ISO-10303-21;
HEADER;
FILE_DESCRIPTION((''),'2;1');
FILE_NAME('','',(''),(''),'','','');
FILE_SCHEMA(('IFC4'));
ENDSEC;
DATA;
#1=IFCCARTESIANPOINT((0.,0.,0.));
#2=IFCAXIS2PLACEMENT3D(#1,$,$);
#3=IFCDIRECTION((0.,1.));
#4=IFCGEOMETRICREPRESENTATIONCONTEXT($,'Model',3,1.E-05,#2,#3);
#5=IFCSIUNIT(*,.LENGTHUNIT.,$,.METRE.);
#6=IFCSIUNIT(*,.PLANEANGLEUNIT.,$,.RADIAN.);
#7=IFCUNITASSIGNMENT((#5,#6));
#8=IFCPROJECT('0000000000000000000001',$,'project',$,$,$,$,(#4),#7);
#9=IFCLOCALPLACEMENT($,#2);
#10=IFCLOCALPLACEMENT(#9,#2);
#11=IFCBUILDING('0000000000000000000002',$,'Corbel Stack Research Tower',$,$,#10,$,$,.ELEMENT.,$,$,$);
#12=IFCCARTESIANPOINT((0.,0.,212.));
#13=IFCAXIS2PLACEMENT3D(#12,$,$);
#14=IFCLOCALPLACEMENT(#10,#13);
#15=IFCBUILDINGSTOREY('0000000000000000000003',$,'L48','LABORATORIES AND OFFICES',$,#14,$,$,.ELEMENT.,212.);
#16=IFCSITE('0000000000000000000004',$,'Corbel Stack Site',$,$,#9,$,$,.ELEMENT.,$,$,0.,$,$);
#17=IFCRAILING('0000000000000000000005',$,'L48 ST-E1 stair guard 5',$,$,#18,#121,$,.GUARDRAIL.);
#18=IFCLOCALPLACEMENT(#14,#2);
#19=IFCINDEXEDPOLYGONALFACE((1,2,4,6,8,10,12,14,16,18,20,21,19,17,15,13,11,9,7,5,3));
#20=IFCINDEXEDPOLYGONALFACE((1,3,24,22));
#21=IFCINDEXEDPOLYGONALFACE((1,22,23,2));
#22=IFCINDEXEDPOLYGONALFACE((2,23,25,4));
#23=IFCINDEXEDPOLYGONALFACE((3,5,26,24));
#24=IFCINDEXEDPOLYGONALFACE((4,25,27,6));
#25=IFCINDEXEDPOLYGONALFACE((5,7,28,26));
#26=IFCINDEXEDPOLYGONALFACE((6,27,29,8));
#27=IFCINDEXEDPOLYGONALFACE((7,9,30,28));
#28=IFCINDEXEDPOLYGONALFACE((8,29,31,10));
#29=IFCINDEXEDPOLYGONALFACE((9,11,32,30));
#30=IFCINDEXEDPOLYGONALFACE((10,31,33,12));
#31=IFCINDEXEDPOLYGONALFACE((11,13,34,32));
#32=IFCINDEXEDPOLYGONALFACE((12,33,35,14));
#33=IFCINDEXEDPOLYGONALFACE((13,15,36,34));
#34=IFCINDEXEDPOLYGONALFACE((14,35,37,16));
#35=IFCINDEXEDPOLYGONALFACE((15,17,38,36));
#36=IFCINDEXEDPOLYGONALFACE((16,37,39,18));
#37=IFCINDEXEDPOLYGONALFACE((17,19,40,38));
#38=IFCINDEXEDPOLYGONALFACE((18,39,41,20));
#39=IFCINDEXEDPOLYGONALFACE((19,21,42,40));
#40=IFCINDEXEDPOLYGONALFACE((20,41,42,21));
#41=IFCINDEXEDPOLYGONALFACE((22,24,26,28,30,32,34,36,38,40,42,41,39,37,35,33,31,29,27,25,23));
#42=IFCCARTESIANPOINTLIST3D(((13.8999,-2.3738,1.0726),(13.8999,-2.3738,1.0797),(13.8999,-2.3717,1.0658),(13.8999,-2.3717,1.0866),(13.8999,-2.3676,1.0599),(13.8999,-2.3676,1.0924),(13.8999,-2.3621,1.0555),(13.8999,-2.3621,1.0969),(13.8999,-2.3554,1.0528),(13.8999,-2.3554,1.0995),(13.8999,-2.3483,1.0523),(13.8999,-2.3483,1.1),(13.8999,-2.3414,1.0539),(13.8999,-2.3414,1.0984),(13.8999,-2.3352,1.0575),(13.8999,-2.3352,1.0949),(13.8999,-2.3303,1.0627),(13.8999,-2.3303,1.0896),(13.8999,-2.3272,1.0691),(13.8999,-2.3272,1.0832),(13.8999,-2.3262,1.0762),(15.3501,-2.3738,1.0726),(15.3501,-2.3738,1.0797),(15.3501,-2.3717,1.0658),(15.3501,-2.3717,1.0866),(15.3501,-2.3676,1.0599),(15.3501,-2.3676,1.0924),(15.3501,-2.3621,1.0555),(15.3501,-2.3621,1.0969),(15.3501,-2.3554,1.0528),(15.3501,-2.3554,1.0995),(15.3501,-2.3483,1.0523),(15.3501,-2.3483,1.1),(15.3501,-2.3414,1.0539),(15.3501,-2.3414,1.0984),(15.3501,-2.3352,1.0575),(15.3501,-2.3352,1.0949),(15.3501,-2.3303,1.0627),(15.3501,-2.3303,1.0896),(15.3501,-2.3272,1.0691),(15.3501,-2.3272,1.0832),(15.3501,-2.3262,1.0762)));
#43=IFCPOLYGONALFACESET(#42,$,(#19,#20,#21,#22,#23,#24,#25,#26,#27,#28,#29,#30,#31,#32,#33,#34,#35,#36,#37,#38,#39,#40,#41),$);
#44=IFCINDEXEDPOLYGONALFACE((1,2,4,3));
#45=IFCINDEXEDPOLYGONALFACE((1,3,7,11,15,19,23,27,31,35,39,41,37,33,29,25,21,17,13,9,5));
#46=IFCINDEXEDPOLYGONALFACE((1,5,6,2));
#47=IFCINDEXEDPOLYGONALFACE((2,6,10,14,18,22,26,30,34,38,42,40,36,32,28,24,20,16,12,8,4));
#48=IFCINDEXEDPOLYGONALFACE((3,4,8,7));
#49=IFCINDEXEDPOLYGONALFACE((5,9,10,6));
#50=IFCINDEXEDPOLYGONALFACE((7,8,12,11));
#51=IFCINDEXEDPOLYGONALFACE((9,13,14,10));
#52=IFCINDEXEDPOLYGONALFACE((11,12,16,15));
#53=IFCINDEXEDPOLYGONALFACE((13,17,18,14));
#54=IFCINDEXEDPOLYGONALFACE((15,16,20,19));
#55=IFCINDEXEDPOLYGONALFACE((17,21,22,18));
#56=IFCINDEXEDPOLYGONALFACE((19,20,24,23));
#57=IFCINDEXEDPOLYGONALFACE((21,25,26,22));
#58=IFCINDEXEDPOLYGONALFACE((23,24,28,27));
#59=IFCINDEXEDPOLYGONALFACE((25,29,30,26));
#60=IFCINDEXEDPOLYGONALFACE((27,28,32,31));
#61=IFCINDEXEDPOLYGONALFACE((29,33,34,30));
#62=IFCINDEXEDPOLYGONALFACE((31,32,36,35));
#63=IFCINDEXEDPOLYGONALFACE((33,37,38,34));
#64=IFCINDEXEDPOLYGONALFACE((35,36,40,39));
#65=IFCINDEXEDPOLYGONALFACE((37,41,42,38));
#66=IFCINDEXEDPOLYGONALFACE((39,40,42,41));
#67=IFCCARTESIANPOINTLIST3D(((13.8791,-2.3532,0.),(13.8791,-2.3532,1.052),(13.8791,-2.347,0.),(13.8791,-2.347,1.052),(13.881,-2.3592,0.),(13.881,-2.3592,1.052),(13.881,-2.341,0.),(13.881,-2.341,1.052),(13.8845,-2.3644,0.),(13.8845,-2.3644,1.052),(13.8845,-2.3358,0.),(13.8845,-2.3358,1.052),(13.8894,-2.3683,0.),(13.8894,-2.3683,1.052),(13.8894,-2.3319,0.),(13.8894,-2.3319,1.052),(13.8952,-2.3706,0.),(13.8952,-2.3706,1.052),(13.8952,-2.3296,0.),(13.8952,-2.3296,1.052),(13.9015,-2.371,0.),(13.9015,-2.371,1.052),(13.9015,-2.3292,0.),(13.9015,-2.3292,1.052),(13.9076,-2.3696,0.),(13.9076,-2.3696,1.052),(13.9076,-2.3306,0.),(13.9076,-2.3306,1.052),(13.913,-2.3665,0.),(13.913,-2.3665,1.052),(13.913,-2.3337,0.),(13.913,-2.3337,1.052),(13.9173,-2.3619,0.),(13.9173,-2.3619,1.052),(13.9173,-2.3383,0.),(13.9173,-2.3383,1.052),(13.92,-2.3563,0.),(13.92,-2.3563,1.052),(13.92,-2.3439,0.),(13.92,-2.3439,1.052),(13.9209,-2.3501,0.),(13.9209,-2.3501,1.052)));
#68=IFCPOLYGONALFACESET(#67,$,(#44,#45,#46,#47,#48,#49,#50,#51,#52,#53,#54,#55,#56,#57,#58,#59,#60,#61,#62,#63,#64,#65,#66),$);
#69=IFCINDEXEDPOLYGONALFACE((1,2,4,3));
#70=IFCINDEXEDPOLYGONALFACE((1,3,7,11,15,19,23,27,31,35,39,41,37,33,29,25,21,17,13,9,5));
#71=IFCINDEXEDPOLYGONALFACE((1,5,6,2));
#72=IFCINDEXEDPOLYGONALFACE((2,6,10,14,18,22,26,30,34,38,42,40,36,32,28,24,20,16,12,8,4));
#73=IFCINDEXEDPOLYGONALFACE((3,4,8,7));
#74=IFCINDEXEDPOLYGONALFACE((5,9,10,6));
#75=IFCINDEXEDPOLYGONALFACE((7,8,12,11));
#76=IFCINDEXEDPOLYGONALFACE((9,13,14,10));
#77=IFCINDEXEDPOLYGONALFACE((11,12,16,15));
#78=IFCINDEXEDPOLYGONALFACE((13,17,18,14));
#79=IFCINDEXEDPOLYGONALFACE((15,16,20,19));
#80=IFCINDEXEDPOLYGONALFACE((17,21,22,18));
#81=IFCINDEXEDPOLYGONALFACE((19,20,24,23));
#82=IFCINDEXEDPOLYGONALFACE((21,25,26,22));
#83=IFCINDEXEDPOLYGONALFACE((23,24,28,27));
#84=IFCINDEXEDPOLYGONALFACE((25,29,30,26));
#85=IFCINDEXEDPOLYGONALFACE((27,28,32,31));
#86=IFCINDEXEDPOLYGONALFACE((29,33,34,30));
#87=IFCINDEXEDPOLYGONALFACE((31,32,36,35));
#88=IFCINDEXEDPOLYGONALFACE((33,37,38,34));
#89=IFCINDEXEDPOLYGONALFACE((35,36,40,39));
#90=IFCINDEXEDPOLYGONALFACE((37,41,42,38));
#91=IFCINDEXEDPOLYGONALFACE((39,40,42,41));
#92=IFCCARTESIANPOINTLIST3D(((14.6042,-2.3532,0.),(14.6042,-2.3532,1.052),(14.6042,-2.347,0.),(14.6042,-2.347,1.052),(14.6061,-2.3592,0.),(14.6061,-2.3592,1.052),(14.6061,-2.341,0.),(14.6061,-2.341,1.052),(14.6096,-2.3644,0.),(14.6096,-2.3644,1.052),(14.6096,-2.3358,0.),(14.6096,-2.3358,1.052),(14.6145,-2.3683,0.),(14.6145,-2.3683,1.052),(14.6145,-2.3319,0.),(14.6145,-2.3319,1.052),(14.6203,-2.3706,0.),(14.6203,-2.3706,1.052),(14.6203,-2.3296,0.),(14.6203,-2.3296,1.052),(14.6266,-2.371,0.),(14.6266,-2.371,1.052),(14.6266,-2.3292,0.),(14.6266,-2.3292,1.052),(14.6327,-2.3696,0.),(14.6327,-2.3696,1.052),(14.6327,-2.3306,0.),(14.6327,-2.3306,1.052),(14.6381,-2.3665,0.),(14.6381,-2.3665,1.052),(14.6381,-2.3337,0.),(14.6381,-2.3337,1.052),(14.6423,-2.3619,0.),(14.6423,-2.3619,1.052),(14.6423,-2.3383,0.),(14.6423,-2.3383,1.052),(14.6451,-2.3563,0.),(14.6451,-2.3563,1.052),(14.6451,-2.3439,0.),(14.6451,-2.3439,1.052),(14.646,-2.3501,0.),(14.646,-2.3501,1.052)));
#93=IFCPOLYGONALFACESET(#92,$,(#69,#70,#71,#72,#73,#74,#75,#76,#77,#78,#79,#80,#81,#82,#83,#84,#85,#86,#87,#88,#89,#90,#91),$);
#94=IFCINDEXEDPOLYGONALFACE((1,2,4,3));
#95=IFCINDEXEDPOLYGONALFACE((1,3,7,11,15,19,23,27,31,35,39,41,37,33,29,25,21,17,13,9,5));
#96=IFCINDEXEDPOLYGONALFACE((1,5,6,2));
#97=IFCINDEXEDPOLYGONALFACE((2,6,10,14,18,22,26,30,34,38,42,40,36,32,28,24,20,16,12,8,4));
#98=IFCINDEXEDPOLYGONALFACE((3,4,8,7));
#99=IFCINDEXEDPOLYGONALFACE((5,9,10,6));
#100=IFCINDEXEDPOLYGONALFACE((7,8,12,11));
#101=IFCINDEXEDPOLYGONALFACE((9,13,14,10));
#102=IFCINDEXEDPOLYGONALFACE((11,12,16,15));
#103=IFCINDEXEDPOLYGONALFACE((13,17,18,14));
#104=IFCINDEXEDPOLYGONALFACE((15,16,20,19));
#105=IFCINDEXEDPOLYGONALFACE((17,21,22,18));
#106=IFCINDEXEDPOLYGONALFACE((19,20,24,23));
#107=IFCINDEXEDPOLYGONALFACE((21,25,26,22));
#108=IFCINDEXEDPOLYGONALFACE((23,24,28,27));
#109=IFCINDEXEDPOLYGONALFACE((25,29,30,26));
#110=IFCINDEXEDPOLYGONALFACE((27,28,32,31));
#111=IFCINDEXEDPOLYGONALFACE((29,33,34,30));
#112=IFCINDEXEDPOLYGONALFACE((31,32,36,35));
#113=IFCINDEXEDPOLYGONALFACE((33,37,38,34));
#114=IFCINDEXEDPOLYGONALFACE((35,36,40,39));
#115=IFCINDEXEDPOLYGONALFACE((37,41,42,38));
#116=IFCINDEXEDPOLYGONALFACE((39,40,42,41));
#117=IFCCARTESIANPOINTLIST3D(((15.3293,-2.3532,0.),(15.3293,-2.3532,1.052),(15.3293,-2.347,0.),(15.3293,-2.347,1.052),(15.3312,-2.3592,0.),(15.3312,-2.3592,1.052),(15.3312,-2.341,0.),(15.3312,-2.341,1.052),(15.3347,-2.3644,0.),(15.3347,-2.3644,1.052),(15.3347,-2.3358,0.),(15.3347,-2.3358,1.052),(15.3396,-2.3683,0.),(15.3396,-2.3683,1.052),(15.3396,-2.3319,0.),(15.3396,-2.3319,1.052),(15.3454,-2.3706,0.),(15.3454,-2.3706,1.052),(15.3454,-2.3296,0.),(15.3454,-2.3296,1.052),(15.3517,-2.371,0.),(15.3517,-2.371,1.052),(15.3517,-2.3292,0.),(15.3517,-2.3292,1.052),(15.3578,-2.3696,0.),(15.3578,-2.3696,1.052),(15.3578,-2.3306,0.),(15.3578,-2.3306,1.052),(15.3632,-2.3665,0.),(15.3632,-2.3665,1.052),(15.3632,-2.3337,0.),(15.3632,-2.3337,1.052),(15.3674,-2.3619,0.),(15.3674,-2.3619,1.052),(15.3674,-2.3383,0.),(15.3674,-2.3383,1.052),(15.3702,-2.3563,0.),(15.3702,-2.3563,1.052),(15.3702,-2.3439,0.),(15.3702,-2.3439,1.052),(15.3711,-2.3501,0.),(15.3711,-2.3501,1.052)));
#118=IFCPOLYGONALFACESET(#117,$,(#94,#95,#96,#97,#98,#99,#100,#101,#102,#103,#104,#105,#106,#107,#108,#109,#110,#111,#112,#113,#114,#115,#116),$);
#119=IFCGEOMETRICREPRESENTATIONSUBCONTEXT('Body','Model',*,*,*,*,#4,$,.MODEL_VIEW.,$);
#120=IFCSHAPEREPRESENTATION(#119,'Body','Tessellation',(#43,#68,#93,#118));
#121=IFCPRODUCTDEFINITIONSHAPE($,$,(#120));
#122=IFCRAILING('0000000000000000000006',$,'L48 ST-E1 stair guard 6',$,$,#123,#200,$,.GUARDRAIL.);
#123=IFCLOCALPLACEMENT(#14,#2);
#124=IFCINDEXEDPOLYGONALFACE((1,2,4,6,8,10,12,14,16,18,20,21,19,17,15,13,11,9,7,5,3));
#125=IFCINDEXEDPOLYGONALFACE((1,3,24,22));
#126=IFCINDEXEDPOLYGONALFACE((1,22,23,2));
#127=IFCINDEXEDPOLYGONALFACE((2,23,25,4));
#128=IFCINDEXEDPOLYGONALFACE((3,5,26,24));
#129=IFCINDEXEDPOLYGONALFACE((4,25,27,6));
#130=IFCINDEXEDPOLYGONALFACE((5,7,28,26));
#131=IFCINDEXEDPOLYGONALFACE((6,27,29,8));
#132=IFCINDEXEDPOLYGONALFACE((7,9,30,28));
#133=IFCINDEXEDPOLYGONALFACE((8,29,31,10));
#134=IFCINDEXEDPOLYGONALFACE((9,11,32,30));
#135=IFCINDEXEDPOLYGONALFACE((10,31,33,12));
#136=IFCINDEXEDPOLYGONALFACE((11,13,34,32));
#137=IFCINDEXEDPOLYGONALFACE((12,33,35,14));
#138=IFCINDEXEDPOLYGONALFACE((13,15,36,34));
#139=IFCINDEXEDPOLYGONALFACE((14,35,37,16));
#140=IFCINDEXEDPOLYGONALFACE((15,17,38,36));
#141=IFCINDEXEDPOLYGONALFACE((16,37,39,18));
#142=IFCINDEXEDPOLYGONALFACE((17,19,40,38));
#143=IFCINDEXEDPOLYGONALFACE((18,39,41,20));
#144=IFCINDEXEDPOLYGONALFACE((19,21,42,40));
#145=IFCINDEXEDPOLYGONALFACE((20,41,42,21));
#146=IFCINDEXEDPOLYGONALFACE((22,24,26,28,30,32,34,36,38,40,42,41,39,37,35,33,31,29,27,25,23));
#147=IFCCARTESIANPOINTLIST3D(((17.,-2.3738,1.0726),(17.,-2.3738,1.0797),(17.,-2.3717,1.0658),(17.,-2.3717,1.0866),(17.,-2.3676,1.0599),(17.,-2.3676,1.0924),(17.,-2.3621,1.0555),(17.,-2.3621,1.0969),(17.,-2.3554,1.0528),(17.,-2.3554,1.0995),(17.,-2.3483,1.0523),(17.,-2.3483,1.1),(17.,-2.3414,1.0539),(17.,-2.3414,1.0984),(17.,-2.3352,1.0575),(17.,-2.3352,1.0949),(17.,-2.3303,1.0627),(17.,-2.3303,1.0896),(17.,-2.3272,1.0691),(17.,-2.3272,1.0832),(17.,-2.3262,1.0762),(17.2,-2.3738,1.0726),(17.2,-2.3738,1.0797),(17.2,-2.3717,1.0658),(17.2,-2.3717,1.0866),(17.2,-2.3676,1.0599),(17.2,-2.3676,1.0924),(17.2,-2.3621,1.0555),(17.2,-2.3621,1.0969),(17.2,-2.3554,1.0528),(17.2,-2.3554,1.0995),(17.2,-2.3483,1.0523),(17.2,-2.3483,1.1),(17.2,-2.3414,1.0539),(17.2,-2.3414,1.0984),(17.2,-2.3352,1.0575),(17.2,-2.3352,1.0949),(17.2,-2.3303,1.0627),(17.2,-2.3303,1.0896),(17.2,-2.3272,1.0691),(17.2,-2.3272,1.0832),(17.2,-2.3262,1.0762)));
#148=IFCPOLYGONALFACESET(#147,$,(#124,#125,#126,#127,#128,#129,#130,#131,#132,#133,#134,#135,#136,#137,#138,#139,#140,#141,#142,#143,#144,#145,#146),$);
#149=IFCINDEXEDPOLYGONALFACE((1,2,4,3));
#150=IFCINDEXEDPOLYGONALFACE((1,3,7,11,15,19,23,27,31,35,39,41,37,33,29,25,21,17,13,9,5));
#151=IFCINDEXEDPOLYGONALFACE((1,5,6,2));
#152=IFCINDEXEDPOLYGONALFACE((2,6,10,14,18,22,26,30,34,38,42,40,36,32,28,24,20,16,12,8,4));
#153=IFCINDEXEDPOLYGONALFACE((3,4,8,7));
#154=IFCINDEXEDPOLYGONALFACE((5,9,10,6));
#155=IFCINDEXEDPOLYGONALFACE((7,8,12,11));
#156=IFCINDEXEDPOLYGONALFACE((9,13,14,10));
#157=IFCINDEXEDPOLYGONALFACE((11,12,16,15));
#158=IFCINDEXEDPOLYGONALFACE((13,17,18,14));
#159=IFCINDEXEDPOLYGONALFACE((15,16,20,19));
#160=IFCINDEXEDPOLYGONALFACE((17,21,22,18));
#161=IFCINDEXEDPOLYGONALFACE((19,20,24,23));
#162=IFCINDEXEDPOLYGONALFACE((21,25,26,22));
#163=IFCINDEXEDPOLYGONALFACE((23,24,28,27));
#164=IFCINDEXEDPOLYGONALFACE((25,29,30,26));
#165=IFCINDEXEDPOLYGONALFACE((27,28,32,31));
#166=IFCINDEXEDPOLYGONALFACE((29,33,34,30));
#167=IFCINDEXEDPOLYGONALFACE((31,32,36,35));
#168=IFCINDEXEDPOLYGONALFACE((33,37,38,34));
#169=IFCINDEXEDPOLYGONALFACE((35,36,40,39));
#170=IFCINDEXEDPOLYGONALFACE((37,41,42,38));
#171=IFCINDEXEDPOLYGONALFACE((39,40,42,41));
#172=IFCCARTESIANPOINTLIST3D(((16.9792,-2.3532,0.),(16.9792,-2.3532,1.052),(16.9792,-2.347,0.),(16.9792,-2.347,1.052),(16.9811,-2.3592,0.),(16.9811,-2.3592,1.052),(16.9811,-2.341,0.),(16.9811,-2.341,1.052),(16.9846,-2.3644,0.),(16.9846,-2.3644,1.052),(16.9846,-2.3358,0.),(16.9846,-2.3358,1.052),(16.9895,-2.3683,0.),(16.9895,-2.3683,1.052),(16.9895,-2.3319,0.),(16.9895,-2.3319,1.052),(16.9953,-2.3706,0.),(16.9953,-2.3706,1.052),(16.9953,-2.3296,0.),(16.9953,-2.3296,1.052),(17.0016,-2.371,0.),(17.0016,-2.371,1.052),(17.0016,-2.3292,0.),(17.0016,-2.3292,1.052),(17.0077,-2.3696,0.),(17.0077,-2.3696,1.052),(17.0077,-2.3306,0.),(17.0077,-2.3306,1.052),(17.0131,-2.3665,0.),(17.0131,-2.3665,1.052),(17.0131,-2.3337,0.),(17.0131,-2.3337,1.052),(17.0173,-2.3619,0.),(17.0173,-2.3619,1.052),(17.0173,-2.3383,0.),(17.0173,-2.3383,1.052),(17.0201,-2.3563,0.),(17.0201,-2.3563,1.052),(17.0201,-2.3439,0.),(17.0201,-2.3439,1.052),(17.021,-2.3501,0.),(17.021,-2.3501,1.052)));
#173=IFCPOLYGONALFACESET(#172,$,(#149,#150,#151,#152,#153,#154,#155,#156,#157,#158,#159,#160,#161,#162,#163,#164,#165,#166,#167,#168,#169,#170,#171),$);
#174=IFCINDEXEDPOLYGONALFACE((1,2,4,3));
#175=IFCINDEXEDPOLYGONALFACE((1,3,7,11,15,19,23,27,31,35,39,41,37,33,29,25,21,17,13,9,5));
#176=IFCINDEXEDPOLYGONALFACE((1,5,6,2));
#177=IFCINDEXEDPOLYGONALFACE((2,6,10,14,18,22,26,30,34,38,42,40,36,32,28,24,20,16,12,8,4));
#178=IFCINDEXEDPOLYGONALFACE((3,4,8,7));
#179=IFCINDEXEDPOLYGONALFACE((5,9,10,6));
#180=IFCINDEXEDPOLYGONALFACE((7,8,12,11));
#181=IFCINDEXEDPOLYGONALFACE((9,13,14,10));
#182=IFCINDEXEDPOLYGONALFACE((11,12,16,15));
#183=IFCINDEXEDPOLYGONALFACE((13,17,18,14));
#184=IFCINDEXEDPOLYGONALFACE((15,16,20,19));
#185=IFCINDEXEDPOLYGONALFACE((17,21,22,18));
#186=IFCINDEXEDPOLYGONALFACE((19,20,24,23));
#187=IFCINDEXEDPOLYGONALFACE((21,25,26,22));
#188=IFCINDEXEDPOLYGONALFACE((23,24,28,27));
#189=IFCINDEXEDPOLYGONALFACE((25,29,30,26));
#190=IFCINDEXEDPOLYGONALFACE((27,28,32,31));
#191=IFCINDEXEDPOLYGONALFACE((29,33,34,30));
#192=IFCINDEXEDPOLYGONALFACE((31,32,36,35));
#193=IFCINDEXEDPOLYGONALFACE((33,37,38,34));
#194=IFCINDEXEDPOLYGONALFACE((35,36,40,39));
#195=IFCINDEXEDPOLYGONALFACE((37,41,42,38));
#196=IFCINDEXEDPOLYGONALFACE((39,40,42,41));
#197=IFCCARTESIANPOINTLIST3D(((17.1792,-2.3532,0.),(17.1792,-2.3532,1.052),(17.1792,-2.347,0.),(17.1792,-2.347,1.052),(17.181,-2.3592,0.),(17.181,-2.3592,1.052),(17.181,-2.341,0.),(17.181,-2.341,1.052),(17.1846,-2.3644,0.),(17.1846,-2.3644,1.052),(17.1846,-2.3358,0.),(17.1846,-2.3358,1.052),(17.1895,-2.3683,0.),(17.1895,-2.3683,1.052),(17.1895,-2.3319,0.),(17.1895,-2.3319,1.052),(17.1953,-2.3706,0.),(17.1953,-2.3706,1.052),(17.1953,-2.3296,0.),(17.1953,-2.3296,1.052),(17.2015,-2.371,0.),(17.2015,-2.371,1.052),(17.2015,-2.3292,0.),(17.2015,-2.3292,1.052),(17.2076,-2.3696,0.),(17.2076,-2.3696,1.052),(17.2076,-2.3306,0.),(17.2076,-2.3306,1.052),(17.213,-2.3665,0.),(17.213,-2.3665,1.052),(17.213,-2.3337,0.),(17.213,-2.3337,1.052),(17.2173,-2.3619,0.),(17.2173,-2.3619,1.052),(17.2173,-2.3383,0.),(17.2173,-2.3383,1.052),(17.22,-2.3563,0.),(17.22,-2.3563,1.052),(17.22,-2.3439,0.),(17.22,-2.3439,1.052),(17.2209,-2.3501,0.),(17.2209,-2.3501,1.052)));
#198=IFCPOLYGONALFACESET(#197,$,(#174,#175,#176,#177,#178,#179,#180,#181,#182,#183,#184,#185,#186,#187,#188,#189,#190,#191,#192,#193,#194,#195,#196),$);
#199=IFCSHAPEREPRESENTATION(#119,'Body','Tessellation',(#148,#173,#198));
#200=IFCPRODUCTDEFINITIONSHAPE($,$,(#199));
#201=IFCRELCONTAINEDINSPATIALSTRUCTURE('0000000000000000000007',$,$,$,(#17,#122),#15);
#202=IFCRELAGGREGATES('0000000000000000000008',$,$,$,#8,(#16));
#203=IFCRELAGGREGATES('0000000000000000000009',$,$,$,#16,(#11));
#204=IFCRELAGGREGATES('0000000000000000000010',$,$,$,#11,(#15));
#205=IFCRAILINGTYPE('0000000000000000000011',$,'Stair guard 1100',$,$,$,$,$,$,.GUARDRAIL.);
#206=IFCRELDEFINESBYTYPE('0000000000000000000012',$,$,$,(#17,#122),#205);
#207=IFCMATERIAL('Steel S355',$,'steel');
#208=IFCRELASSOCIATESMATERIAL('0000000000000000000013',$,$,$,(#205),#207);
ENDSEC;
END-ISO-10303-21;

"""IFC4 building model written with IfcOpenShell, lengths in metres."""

from ifc_helpers import new_model, si_unit, direction, frame, origin, origin_2d, place, context, subcontext, project, spatial, circle, extrude, material, type_object, element, save


model = new_model("IFC4")

# Units and contexts
model_context = context("Model", 3, precision=1e-05, world=origin(), true_north=direction((0.0, 1.0)))
body_context = subcontext(model_context, "Body", "Model", "MODEL_VIEW")
ifc_project = project(units=[si_unit("LENGTHUNIT", "METRE"), si_unit("PLANEANGLEUNIT", "RADIAN")], contexts=[model_context])

# Site, building, storey
site_placement = place(None, origin())
site = spatial("IfcSite", under=ifc_project, at=site_placement, Name="Corbel Stack Site", CompositionType="ELEMENT", RefElevation=0.0)
building_placement = place(site_placement, origin())
building = spatial("IfcBuilding", under=site, at=building_placement, Name="Corbel Stack Research Tower", CompositionType="ELEMENT")
storey_placement = place(building_placement, frame((0.0, 0.0, 212.0)))
storey = spatial("IfcBuildingStorey", under=building, at=storey_placement, Name="L48", Description="LABORATORIES AND OFFICES", CompositionType="ELEMENT", Elevation=212.0)

# Railings
ifc_material_1 = material(Name="Steel S355", Category="steel")
railing_type_1 = type_object("IfcRailingType", Name="Stair guard 1100", PredefinedType="GUARDRAIL", material=ifc_material_1)
railing_1_placement = place(storey_placement, frame((13.8999, -2.3501, 0.0)))
element("IfcRailing", 1, at=railing_1_placement, inside=storey, type_object=railing_type_1, Name="L48 ST-E1 stair guard 5", PredefinedType="GUARDRAIL", context=body_context, shape_type="SweptSolid", body=[
    extrude(circle(Radius=0.0239, at=origin_2d()), frame((0.0, 0.0, 1.0762), z_axis=(1.0, 0.0, 0.0), x_axis=(0.0, 1.0, 0.0)), (0.0, 0.0, 1.0), 1.4502),
    extrude(circle(Radius=0.021, at=origin_2d()), origin(), (0.0, 0.0, 1.0), 1.052),
    extrude(circle(Radius=0.021, at=origin_2d()), frame((0.7251, 0.0, 0.0)), (0.0, 0.0, 1.0), 1.052),
    extrude(circle(Radius=0.021, at=origin_2d()), frame((1.4502, 0.0, 0.0)), (0.0, 0.0, 1.0), 1.052),
])
railing_2_placement = place(storey_placement, frame((17.0, -2.3501, 0.0)))
element("IfcRailing", 2, at=railing_2_placement, inside=storey, type_object=railing_type_1, Name="L48 ST-E1 stair guard 6", PredefinedType="GUARDRAIL", context=body_context, shape_type="SweptSolid", body=[
    extrude(circle(Radius=0.0239, at=origin_2d()), frame((0.0, 0.0, 1.0762), z_axis=(1.0, 0.0, 0.0), x_axis=(0.0, 1.0, 0.0)), (0.0, 0.0, 1.0), 0.2),
    extrude(circle(Radius=0.021, at=origin_2d()), origin(), (0.0, 0.0, 1.0), 1.052),
    extrude(circle(Radius=0.021, at=origin_2d()), frame((0.2, 0.0, 0.0)), (0.0, 0.0, 1.0), 1.052),
])

save(model, "model.ifc")
